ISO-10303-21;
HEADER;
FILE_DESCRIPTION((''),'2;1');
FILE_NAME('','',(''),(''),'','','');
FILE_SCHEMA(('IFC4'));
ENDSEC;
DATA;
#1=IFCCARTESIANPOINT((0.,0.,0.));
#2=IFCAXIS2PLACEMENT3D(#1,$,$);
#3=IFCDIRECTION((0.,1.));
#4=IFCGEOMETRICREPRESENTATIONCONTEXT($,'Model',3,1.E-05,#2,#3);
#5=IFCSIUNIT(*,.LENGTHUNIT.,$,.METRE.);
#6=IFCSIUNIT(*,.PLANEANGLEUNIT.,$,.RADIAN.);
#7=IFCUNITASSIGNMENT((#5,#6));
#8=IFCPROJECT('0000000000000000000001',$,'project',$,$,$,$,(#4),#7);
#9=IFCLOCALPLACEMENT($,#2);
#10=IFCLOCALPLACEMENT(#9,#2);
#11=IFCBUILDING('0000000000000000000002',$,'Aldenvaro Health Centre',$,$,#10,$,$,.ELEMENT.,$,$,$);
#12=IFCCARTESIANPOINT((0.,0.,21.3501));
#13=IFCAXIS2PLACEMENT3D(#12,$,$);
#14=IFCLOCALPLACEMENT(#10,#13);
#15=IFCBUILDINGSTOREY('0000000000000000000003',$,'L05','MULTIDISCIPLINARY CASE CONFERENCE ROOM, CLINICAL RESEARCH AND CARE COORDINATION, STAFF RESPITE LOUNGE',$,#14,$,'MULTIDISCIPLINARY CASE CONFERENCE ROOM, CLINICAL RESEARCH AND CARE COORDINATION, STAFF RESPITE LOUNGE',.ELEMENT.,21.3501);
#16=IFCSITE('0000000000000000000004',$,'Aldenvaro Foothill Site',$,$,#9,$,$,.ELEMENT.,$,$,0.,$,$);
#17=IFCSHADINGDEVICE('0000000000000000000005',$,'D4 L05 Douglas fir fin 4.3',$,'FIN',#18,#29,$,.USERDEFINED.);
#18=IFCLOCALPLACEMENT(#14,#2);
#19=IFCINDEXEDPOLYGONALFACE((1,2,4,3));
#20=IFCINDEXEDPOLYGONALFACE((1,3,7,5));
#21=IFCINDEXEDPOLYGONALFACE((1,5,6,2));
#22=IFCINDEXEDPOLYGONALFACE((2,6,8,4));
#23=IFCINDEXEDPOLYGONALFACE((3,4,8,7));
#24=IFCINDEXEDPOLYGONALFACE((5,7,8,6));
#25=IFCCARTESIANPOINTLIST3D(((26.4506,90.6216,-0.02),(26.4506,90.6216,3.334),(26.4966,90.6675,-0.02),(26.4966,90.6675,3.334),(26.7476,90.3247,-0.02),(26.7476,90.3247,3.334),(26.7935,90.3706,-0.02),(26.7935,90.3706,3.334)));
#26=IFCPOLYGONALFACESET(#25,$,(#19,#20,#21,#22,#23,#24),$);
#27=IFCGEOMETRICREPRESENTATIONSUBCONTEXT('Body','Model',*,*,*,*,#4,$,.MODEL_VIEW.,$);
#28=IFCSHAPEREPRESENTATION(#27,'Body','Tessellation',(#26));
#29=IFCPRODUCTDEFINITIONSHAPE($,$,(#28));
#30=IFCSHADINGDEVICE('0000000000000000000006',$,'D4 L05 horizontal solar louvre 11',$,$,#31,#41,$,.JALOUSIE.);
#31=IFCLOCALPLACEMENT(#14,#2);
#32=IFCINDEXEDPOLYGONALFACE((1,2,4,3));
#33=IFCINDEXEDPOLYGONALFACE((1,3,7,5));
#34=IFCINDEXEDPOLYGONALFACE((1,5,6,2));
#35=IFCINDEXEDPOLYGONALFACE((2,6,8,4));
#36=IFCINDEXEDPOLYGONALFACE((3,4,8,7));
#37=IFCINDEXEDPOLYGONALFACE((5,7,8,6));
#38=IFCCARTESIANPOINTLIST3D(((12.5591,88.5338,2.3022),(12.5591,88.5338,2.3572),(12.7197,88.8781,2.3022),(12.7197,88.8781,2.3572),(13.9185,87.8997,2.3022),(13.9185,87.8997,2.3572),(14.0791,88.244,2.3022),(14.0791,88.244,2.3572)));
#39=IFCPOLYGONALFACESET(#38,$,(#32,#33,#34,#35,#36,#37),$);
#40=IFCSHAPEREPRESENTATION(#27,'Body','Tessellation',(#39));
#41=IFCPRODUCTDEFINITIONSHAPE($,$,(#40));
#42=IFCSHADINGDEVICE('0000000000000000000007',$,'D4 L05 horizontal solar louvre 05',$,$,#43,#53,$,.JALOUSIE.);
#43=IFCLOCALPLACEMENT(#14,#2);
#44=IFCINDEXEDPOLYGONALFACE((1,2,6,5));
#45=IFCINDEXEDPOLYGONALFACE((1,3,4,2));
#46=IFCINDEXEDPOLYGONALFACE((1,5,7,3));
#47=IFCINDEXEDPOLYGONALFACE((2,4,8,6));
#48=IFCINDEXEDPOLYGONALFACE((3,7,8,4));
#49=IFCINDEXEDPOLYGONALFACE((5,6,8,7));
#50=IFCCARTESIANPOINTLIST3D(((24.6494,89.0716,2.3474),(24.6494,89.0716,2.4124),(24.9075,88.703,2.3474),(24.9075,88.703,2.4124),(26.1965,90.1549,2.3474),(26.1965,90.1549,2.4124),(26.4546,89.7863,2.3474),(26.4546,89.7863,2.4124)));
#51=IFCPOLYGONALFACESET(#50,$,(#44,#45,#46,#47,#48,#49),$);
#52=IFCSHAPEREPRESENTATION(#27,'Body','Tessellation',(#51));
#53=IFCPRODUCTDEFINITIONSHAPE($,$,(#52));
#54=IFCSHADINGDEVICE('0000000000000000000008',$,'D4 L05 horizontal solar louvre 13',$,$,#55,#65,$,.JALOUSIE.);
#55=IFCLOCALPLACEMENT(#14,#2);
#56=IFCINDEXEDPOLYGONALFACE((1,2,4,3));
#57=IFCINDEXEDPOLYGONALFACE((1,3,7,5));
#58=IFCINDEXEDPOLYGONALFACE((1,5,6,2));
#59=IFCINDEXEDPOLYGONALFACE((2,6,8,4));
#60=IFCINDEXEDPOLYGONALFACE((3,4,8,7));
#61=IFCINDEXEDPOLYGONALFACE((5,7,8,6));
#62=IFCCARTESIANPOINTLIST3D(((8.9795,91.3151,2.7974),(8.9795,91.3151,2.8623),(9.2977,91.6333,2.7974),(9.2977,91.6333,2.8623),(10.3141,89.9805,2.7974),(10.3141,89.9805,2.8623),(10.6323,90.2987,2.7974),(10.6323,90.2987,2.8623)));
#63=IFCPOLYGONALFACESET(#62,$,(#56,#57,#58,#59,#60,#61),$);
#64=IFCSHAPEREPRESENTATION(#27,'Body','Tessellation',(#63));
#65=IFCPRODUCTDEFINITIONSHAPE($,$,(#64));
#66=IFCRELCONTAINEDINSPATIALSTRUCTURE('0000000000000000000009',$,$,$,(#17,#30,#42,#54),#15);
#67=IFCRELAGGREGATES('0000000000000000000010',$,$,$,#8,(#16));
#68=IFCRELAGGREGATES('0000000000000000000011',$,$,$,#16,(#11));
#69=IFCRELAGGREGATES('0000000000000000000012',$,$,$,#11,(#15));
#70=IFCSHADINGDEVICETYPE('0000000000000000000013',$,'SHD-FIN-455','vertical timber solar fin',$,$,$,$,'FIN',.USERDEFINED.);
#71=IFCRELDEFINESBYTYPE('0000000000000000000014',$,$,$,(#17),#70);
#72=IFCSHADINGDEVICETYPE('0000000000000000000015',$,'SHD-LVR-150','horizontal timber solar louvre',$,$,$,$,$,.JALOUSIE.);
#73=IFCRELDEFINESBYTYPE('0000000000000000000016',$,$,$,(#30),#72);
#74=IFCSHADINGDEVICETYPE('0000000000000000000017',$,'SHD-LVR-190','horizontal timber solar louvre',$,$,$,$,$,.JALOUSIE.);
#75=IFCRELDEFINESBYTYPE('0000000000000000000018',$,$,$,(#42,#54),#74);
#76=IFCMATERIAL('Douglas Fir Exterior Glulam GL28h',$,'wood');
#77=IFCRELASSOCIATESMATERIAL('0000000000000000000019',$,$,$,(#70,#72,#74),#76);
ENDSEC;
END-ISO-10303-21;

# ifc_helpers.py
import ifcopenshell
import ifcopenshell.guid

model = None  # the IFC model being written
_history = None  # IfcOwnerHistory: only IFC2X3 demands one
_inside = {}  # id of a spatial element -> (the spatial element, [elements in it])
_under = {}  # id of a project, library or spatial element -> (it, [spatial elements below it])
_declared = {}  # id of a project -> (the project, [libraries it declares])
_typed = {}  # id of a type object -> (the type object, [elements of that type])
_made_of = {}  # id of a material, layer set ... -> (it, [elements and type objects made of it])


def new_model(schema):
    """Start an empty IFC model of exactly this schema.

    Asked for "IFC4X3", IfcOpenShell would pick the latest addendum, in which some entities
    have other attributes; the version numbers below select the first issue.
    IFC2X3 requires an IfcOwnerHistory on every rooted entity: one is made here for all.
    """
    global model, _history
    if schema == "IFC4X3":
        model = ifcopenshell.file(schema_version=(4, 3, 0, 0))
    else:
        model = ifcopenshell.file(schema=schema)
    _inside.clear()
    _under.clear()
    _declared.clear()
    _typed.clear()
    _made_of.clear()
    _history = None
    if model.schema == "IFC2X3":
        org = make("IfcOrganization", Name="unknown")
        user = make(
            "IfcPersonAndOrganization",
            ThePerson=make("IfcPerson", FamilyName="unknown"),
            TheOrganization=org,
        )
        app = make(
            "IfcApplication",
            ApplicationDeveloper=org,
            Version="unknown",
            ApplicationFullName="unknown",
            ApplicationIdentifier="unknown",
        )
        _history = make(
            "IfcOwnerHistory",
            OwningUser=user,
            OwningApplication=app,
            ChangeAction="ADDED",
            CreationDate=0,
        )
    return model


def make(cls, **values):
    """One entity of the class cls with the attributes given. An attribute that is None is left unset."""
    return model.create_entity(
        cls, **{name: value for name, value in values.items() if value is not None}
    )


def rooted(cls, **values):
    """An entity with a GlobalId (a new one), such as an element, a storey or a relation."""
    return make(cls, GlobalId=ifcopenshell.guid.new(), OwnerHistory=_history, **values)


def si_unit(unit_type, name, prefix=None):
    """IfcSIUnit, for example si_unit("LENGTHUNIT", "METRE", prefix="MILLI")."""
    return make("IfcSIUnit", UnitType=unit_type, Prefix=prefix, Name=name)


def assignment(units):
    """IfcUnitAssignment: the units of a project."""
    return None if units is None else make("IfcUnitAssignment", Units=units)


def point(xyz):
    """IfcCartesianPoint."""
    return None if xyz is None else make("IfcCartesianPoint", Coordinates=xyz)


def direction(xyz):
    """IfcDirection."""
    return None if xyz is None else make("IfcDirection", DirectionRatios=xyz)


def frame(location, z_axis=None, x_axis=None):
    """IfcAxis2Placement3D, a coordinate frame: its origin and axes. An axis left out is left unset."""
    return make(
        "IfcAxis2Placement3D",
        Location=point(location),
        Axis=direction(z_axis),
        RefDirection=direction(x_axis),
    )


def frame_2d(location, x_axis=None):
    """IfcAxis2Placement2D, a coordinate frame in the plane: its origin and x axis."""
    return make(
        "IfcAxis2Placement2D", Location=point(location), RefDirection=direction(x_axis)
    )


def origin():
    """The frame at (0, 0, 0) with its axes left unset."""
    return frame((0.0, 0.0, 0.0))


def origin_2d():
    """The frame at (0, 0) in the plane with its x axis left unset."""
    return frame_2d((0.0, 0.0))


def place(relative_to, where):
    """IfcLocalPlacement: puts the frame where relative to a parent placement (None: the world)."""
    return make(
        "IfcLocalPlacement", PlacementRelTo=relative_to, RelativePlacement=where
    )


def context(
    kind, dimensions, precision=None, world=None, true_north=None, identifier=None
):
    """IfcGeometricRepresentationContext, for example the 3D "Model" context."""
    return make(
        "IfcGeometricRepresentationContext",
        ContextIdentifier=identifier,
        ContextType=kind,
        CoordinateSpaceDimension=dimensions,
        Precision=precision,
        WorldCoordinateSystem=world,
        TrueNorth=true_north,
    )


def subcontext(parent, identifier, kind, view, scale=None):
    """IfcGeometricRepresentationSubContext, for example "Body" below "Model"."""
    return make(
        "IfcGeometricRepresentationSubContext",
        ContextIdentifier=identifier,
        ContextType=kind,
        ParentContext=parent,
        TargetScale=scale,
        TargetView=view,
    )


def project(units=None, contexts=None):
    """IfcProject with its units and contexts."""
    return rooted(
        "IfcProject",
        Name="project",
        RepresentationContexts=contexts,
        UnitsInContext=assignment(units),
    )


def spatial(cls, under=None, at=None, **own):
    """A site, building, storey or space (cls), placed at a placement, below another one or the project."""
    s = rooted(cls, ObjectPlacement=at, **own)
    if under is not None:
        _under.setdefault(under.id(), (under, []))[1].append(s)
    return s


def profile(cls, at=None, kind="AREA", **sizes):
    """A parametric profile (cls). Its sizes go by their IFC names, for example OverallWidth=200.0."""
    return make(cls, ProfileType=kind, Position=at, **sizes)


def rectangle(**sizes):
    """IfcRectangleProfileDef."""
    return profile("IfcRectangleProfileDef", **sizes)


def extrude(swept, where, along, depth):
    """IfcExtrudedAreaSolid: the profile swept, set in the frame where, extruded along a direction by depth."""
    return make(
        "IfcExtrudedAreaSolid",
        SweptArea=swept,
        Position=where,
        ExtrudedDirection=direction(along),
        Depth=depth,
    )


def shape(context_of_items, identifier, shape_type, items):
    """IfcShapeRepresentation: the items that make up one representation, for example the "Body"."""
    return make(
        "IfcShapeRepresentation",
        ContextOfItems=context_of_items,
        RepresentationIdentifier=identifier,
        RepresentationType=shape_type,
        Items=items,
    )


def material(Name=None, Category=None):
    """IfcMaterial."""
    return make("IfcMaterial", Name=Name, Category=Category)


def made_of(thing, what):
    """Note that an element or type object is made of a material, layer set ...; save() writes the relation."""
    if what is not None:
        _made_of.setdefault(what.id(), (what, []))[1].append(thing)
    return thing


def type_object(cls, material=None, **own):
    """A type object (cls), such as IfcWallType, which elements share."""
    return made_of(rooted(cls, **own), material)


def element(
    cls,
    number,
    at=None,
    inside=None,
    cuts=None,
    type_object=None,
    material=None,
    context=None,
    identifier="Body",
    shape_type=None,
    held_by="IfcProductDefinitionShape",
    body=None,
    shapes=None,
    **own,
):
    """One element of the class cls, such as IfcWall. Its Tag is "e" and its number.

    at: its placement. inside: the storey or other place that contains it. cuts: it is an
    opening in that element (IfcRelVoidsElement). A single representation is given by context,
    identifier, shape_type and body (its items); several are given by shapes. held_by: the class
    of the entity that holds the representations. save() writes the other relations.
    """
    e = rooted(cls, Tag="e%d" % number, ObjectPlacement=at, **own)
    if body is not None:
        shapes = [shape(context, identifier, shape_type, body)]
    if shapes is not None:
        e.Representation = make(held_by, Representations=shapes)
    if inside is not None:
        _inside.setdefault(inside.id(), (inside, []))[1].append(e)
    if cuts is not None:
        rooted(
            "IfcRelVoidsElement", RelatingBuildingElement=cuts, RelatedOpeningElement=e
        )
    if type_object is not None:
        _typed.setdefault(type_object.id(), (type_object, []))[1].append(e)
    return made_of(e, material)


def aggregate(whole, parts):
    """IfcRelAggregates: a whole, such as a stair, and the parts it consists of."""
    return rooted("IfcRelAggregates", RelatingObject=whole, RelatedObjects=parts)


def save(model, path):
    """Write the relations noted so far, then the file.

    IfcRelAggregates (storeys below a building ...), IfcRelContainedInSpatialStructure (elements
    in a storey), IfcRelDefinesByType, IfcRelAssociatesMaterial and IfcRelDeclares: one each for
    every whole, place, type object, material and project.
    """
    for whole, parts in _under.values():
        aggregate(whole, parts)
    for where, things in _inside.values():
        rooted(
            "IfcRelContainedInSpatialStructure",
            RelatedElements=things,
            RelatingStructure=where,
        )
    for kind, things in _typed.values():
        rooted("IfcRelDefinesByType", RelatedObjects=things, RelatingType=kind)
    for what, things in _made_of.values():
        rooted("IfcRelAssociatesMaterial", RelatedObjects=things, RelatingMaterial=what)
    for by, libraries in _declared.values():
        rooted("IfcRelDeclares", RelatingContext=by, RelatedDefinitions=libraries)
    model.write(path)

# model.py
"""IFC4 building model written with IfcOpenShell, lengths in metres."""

from ifc_helpers import new_model, si_unit, direction, frame, origin, origin_2d, place, context, subcontext, project, spatial, rectangle, extrude, material, type_object, element, save


model = new_model("IFC4")

# Units and contexts
model_context = context("Model", 3, precision=1e-05, world=origin(), true_north=direction((0.0, 1.0)))
body_context = subcontext(model_context, "Body", "Model", "MODEL_VIEW")
ifc_project = project(units=[si_unit("LENGTHUNIT", "METRE"), si_unit("PLANEANGLEUNIT", "RADIAN")], contexts=[model_context])

# Site, building, storey
site_placement = place(None, origin())
site = spatial("IfcSite", under=ifc_project, at=site_placement, Name="Aldenvaro Foothill Site", CompositionType="ELEMENT", RefElevation=0.0)
building_placement = place(site_placement, origin())
building = spatial("IfcBuilding", under=site, at=building_placement, Name="Aldenvaro Health Centre", CompositionType="ELEMENT")
storey_placement = place(building_placement, frame((0.0, 0.0, 21.3501)))
storey = spatial("IfcBuildingStorey", under=building, at=storey_placement, Name="L05", Description="MULTIDISCIPLINARY CASE CONFERENCE ROOM, CLINICAL RESEARCH AND CARE COORDINATION, STAFF RESPITE LOUNGE", LongName="MULTIDISCIPLINARY CASE CONFERENCE ROOM, CLINICAL RESEARCH AND CARE COORDINATION, STAFF RESPITE LOUNGE", CompositionType="ELEMENT", Elevation=21.3501)

# Shading devices
ifc_material_1 = material(Name="Douglas Fir Exterior Glulam GL28h", Category="wood")
shading_device_type_1 = type_object("IfcShadingDeviceType", Name="SHD-FIN-455", Description="vertical timber solar fin", ElementType="FIN", PredefinedType="USERDEFINED", material=ifc_material_1)
shading_device_1_placement = place(storey_placement, frame((26.6221, 90.4961, -0.02), z_axis=(0.0, 0.0, 1.0), x_axis=(-0.707107, -0.707107, 0.0)))
element("IfcShadingDevice", 1, at=shading_device_1_placement, inside=storey, type_object=shading_device_type_1, Name="D4 L05 Douglas fir fin 4.3", ObjectType="FIN", PredefinedType="USERDEFINED", context=body_context, shape_type="SweptSolid", body=[
    extrude(rectangle(XDim=0.0649, YDim=0.4199, at=origin_2d()), origin(), (0.0, 0.0, 1.0), 3.354),
])
shading_device_type_2 = type_object("IfcShadingDeviceType", Name="SHD-LVR-150", Description="horizontal timber solar louvre", PredefinedType="JALOUSIE", material=ifc_material_1)
shading_device_2_placement = place(storey_placement, frame((13.3191, 88.3889, 2.3022), z_axis=(0.0, 0.0, 1.0), x_axis=(-0.906257, 0.422728, 0.0)))
element("IfcShadingDevice", 2, at=shading_device_2_placement, inside=storey, type_object=shading_device_type_2, Name="D4 L05 horizontal solar louvre 11", PredefinedType="JALOUSIE", context=body_context, shape_type="SweptSolid", body=[
    extrude(rectangle(XDim=1.5, YDim=0.3799, at=origin_2d()), origin(), (0.0, 0.0, 1.0), 0.0549),
])
shading_device_type_3 = type_object("IfcShadingDeviceType", Name="SHD-LVR-190", Description="horizontal timber solar louvre", PredefinedType="JALOUSIE", material=ifc_material_1)
shading_device_3_placement = place(storey_placement, frame((25.552, 89.429, 2.3474), z_axis=(0.0, 0.0, 1.0), x_axis=(-0.819164, -0.573559, 0.0)))
element("IfcShadingDevice", 3, at=shading_device_3_placement, inside=storey, type_object=shading_device_type_3, Name="D4 L05 horizontal solar louvre 05", PredefinedType="JALOUSIE", context=body_context, shape_type="SweptSolid", body=[
    extrude(rectangle(XDim=1.8887, YDim=0.45, at=origin_2d()), origin(), (0.0, 0.0, 1.0), 0.0649),
])
shading_device_4_placement = place(storey_placement, frame((9.8059, 90.8069, 2.7974), z_axis=(0.0, 0.0, 1.0), x_axis=(-0.707107, 0.707107, 0.0)))
element("IfcShadingDevice", 4, at=shading_device_4_placement, inside=storey, type_object=shading_device_type_3, Name="D4 L05 horizontal solar louvre 13", PredefinedType="JALOUSIE", context=body_context, shape_type="SweptSolid", body=[
    extrude(rectangle(XDim=1.8875, YDim=0.45, at=origin_2d()), origin(), (0.0, 0.0, 1.0), 0.0649),
])

save(model, "model.ifc")
